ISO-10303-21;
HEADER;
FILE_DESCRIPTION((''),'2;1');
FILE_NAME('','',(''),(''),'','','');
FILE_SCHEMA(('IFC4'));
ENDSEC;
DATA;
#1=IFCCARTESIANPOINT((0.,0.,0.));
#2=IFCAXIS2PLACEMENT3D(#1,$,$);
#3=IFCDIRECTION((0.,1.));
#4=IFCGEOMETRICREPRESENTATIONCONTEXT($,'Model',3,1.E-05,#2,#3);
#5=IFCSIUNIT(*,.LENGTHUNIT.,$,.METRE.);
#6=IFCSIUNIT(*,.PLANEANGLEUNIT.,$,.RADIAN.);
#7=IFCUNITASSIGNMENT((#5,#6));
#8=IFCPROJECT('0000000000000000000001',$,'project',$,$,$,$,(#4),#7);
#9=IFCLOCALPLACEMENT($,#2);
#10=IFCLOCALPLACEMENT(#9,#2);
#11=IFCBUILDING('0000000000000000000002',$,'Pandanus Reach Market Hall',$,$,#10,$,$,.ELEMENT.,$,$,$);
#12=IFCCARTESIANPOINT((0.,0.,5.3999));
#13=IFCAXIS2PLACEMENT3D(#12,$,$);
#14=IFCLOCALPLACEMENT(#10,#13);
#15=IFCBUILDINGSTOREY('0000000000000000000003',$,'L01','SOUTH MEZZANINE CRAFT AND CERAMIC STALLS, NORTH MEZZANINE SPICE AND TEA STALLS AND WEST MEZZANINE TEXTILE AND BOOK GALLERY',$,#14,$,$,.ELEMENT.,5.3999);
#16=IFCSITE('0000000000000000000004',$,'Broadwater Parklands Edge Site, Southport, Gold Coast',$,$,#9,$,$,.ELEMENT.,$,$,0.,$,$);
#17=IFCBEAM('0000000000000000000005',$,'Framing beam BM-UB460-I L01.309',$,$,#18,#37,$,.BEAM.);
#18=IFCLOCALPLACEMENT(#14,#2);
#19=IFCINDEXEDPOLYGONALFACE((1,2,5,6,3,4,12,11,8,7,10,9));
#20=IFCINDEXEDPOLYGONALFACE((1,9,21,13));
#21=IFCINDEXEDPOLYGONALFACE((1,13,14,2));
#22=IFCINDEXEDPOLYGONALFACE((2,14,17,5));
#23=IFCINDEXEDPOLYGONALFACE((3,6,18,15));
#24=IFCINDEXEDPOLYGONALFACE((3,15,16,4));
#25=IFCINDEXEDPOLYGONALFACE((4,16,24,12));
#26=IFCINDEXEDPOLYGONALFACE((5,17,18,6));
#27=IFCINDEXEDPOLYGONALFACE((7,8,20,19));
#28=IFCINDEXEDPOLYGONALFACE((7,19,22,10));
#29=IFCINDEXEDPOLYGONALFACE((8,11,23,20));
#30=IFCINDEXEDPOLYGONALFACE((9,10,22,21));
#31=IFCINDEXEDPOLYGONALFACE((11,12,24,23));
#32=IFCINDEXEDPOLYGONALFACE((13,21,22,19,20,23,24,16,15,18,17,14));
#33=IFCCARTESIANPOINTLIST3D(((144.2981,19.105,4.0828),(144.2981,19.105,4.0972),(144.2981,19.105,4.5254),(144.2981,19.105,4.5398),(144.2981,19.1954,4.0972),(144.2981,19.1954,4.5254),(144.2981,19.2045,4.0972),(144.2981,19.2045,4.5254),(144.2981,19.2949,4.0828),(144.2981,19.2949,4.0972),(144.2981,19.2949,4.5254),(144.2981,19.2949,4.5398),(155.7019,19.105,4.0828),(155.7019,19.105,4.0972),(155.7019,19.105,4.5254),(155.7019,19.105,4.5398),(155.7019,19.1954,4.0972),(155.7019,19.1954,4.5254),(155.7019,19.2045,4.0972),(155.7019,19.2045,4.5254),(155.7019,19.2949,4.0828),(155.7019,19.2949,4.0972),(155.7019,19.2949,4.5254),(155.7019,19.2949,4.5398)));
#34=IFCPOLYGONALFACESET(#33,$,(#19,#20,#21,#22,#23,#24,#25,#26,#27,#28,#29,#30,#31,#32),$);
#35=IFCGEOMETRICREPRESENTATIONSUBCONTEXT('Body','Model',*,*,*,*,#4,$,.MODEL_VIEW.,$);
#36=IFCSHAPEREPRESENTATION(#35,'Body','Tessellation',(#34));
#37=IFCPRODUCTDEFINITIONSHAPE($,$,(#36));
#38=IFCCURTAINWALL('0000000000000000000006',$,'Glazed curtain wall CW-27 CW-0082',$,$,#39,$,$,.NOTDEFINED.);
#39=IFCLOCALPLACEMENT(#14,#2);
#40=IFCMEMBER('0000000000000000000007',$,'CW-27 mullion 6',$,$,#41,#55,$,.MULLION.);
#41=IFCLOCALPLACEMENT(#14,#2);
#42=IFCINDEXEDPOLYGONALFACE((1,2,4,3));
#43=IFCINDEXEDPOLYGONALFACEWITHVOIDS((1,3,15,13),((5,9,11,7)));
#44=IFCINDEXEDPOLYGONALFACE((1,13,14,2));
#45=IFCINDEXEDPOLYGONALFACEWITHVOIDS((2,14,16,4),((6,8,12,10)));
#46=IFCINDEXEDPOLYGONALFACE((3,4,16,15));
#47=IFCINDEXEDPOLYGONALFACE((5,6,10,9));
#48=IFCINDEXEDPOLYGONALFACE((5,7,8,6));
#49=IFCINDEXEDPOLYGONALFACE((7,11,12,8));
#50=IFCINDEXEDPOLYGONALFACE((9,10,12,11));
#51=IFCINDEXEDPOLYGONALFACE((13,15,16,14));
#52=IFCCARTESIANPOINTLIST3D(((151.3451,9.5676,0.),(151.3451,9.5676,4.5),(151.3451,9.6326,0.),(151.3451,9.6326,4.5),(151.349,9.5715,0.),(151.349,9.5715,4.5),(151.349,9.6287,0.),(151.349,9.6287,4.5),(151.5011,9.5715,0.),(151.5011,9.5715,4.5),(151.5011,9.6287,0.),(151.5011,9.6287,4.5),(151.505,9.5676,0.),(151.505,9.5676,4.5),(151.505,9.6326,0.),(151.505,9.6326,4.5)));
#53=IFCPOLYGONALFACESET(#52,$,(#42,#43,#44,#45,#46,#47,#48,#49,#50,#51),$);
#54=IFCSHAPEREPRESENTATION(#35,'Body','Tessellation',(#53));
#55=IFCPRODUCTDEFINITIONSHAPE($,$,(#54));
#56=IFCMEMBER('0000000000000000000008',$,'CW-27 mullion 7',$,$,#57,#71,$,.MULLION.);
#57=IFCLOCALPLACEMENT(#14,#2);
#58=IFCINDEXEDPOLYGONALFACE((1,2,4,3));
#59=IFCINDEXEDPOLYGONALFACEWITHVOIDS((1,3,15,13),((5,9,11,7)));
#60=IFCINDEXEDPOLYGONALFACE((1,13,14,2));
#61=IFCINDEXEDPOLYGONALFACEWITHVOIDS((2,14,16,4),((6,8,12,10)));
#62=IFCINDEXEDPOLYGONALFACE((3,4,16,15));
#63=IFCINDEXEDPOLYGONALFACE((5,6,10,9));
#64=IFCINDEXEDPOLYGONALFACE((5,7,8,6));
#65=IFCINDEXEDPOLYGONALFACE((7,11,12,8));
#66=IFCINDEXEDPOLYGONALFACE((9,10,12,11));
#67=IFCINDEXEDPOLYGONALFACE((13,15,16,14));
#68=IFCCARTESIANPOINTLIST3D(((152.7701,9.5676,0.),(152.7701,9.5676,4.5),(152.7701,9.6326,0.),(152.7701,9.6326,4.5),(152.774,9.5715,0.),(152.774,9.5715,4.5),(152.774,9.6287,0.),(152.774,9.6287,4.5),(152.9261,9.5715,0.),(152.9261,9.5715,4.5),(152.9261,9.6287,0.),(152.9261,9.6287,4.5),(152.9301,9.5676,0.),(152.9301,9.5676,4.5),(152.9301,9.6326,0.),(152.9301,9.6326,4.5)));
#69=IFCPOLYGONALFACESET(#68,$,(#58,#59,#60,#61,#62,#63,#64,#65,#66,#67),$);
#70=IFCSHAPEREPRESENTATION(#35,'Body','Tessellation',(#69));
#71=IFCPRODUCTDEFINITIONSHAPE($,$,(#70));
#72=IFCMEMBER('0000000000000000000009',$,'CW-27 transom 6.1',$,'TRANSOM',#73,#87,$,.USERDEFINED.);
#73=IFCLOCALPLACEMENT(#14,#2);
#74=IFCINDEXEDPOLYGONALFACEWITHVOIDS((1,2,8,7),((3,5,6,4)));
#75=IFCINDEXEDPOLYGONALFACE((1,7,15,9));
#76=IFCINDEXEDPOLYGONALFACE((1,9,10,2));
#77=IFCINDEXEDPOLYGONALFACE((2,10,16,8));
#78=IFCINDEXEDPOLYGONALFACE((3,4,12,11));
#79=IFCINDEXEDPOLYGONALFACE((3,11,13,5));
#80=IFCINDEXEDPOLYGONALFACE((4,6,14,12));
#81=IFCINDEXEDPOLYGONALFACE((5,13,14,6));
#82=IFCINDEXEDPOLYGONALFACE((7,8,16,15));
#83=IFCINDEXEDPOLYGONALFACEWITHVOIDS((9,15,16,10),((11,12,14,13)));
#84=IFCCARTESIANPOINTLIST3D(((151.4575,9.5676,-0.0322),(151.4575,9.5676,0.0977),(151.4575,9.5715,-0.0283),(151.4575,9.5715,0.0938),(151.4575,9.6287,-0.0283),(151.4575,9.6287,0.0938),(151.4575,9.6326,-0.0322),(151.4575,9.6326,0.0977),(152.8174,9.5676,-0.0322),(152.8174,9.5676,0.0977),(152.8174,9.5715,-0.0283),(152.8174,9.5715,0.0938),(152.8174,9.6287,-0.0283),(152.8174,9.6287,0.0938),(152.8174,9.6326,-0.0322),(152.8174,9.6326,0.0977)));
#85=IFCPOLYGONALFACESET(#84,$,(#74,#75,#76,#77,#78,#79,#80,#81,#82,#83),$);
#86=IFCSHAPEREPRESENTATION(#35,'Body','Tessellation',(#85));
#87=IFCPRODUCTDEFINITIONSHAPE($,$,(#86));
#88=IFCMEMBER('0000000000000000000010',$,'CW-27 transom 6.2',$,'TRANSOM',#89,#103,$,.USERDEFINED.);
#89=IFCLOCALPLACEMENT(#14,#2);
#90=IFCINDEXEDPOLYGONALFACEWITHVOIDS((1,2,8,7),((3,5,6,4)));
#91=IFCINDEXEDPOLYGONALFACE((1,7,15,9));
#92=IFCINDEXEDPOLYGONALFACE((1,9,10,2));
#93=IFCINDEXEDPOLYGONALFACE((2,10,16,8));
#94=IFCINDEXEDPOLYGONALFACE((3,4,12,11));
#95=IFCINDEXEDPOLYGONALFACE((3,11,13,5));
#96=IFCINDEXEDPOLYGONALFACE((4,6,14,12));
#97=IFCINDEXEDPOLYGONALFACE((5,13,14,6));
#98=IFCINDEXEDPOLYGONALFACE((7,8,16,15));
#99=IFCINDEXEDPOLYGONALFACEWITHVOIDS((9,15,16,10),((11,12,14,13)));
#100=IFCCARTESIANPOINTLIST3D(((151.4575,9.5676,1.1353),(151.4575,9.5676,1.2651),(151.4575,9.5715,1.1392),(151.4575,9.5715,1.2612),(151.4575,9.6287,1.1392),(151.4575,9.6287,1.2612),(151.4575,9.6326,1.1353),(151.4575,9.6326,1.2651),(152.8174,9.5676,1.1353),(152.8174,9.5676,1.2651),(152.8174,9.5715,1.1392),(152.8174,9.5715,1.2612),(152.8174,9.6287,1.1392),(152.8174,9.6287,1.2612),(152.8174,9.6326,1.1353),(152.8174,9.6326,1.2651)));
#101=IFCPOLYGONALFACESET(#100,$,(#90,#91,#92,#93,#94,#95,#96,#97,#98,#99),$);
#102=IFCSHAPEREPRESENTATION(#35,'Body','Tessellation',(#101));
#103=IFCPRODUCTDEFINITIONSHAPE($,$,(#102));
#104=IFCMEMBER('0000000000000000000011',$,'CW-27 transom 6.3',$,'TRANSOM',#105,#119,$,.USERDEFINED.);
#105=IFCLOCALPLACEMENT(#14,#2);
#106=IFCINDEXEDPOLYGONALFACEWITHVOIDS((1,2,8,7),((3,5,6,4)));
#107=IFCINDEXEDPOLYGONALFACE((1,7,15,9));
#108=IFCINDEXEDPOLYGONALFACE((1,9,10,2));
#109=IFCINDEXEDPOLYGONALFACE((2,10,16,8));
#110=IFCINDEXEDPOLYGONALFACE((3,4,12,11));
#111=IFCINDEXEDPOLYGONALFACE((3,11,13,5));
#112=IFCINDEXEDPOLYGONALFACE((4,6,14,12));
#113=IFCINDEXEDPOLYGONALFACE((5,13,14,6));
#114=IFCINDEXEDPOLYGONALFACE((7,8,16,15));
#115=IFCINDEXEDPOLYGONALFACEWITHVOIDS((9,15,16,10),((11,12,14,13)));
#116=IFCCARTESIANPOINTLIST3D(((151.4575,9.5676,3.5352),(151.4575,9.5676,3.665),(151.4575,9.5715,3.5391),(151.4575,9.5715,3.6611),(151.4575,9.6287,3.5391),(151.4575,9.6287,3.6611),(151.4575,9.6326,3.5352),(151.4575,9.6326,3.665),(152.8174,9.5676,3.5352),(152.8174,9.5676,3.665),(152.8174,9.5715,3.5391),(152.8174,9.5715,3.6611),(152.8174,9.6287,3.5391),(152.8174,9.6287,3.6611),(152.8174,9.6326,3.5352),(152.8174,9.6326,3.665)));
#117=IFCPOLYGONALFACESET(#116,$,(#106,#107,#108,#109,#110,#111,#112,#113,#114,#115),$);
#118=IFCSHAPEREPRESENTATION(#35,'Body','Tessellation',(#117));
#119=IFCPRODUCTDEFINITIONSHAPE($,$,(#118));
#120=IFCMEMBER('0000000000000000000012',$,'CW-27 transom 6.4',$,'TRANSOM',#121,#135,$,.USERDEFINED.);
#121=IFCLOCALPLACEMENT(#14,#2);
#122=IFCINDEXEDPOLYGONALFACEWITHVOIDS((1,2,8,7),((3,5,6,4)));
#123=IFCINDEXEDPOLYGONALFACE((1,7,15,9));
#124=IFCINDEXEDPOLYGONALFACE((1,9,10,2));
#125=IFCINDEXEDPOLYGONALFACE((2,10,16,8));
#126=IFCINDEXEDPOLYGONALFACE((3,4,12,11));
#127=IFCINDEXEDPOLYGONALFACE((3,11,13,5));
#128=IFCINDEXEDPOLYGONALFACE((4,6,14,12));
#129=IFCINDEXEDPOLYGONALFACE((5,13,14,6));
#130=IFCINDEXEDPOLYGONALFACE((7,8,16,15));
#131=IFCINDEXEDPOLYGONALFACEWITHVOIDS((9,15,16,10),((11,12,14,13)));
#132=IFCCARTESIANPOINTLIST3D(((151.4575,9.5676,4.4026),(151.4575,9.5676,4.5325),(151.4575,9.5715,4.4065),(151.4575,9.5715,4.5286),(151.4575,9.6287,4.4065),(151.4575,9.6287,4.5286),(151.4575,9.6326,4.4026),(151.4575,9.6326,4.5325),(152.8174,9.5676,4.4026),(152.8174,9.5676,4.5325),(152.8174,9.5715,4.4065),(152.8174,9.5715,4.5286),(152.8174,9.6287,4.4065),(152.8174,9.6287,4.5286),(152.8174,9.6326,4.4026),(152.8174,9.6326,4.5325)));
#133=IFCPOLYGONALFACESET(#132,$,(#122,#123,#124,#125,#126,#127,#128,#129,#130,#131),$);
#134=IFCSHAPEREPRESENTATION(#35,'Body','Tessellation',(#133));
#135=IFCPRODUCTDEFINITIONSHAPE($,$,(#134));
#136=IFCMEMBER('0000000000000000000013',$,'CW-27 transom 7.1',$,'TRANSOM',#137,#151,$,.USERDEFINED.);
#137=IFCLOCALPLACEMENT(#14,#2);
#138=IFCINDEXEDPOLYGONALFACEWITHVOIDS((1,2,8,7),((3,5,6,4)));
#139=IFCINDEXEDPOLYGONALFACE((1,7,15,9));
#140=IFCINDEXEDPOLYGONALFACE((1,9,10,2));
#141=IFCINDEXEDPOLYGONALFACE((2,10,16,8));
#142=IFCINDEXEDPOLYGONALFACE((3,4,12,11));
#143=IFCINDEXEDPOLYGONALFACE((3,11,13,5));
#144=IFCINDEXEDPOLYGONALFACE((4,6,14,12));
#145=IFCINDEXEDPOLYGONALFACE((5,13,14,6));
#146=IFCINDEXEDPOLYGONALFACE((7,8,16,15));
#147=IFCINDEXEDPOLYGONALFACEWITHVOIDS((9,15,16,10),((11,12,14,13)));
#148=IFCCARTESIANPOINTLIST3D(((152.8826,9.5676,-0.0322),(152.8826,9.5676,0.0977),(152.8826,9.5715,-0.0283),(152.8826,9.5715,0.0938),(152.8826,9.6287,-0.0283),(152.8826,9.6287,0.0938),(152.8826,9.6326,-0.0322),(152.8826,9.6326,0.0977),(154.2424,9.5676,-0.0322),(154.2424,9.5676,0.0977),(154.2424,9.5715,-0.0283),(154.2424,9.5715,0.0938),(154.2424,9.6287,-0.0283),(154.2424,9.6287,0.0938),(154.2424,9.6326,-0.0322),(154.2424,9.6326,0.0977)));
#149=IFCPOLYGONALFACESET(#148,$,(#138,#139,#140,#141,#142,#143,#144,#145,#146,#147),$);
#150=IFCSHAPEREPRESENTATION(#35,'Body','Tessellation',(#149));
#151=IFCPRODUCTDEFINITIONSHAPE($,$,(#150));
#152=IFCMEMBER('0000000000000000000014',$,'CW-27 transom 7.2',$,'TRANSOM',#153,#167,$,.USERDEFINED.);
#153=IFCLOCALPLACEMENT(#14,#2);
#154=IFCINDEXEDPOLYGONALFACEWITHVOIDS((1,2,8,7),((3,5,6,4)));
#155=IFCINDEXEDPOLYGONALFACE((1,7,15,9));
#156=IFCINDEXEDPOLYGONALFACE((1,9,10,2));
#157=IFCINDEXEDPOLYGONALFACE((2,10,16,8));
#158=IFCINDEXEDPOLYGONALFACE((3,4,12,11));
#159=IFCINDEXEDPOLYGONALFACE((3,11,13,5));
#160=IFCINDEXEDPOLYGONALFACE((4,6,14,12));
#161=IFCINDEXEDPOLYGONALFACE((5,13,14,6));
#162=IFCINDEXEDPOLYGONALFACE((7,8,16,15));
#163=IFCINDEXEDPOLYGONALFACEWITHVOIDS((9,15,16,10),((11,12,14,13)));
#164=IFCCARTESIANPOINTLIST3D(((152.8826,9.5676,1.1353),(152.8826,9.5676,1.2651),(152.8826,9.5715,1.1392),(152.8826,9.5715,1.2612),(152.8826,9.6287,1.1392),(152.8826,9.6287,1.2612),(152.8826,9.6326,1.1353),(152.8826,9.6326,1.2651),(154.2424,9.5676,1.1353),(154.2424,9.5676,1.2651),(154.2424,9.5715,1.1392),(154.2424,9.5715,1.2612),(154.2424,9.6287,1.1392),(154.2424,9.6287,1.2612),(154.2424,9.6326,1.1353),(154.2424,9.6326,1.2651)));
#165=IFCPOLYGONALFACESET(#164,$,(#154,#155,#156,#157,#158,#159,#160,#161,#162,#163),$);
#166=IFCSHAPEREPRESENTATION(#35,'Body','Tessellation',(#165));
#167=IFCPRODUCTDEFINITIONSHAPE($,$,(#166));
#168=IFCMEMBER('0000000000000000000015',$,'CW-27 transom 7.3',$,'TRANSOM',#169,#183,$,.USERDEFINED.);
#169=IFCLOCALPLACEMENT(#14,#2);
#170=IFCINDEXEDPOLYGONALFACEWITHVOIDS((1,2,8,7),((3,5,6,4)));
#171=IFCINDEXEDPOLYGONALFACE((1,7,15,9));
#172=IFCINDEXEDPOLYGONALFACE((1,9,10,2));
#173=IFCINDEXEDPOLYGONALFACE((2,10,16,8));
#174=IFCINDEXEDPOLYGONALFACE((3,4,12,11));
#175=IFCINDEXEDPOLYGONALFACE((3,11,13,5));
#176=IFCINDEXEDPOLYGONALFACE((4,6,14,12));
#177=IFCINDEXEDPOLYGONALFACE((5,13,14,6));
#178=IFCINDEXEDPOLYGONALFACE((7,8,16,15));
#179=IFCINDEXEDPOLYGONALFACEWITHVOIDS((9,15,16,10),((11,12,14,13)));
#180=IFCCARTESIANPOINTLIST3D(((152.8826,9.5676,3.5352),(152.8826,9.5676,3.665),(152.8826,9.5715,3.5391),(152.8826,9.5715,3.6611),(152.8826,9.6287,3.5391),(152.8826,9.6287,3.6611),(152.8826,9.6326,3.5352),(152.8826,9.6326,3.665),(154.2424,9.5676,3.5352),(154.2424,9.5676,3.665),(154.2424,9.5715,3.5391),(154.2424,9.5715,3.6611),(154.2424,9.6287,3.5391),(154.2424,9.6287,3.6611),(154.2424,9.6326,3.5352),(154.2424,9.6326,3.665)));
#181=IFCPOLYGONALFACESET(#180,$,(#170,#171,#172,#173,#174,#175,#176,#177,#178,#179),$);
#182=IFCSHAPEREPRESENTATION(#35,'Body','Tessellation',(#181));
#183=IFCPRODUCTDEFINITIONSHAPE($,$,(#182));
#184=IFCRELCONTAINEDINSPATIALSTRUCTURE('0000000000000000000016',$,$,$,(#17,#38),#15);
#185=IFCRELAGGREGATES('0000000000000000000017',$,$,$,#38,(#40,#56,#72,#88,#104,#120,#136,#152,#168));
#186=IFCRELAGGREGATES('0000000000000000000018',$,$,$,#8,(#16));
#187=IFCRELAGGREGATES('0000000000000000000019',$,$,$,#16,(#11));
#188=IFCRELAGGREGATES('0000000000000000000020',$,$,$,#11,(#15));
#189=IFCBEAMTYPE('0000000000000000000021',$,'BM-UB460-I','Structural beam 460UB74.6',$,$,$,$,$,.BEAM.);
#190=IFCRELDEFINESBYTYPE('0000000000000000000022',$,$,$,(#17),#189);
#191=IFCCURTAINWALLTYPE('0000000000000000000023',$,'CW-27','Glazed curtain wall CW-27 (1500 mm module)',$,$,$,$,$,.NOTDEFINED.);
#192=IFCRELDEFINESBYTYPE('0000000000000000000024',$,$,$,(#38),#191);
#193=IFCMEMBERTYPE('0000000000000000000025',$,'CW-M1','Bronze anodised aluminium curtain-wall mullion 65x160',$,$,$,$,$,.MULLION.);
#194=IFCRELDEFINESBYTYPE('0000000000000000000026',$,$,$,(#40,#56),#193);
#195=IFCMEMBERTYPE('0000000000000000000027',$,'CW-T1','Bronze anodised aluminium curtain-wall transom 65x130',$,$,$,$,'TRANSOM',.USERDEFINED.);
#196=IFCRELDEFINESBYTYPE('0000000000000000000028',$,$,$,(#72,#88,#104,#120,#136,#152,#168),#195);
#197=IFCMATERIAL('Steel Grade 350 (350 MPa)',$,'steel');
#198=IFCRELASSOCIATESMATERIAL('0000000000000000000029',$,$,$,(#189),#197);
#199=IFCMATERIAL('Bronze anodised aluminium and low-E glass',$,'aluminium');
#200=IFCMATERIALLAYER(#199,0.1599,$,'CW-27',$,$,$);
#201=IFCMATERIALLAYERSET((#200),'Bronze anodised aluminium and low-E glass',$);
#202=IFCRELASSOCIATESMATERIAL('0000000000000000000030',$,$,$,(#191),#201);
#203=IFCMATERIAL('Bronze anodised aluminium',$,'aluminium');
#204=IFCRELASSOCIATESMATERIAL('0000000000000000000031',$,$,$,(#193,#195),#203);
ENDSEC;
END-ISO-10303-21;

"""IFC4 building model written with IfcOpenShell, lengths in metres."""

from ifc_helpers import new_model, si_unit, direction, frame, origin, origin_2d, place, context, subcontext, project, spatial, hollow_rectangle, i_section, extrude, material, layer, layer_set, material_profile, profile_set, type_object, element, aggregate, save


model = new_model("IFC4")

# Units and contexts
model_context = context("Model", 3, precision=1e-05, world=origin(), true_north=direction((0.0, 1.0)))
body_context = subcontext(model_context, "Body", "Model", "MODEL_VIEW")
ifc_project = project(units=[si_unit("LENGTHUNIT", "METRE"), si_unit("PLANEANGLEUNIT", "RADIAN")], contexts=[model_context])

# Site, building, storey
site_placement = place(None, origin())
site = spatial("IfcSite", under=ifc_project, at=site_placement, Name="Broadwater Parklands Edge Site, Southport, Gold Coast", CompositionType="ELEMENT", RefElevation=0.0)
building_placement = place(site_placement, origin())
building = spatial("IfcBuilding", under=site, at=building_placement, Name="Pandanus Reach Market Hall", CompositionType="ELEMENT")
storey_placement = place(building_placement, frame((0.0, 0.0, 5.3999)))
storey = spatial("IfcBuildingStorey", under=building, at=storey_placement, Name="L01", Description="SOUTH MEZZANINE CRAFT AND CERAMIC STALLS, NORTH MEZZANINE SPICE AND TEA STALLS AND WEST MEZZANINE TEXTILE AND BOOK GALLERY", CompositionType="ELEMENT", Elevation=5.3999)

# Beam
ifc_material_1 = material(Name="Steel Grade 350 (350 MPa)", Category="steel")
ifc_material_profile_1 = material_profile(ifc_material_1, i_section(OverallWidth=0.1899, OverallDepth=0.457, WebThickness=0.009, FlangeThickness=0.0144, at=origin_2d()), Name="460UB74.6", Category="LoadBearing")
ifc_profile_set_1 = profile_set([ifc_material_profile_1], Name="Steel Grade 350 (350 MPa)")
beam_type_1 = type_object("IfcBeamType", Name="BM-UB460-I", Description="Structural beam 460UB74.6", PredefinedType="BEAM", material=ifc_profile_set_1)
beam_placement = place(storey_placement, frame((144.2981, 19.2, 4.3113), z_axis=(1.0, 0.0, 0.0), x_axis=(0.0, 1.0, 0.0)))
element("IfcBeam", 1, at=beam_placement, inside=storey, type_object=beam_type_1, Name="Framing beam BM-UB460-I L01.309", PredefinedType="BEAM", context=body_context, shape_type="SweptSolid", body=[
    extrude(i_section(OverallWidth=0.1899, OverallDepth=0.457, WebThickness=0.009, FlangeThickness=0.0144, at=origin_2d()), origin(), (0.0, 0.0, 1.0), 11.4038),
])

# Curtain wall, members
ifc_material_2 = material(Name="Bronze anodised aluminium and low-E glass", Category="aluminium")
ifc_layer_1 = layer(ifc_material_2, 0.1599, Name="CW-27")
ifc_layer_set_1 = layer_set([ifc_layer_1], Name="Bronze anodised aluminium and low-E glass")
curtain_wall_type = type_object("IfcCurtainWallType", Name="CW-27", Description="Glazed curtain wall CW-27 (1500 mm module)", PredefinedType="NOTDEFINED", material=ifc_layer_set_1)
curtain_wall_placement = place(storey_placement, origin())
curtain_wall = element("IfcCurtainWall", 2, at=curtain_wall_placement, inside=storey, type_object=curtain_wall_type, Name="Glazed curtain wall CW-27 CW-0082", PredefinedType="NOTDEFINED")
ifc_material_3 = material(Name="Bronze anodised aluminium", Category="aluminium")
ifc_material_profile_2 = material_profile(ifc_material_3, hollow_rectangle(XDim=0.0649, YDim=0.1599, WallThickness=0.0039, at=origin_2d()), Name="ALU65x160", Category="LoadBearing")
ifc_profile_set_2 = profile_set([ifc_material_profile_2], Name="Bronze anodised aluminium")
member_type_1 = type_object("IfcMemberType", Name="CW-M1", Description="Bronze anodised aluminium curtain-wall mullion 65x160", PredefinedType="MULLION", material=ifc_profile_set_2)
member_1_placement = place(storey_placement, frame((151.425, 9.6001, 0.0), z_axis=(0.0, 0.0, 1.0), x_axis=(0.0, 1.0, 0.0)))
member_1 = element("IfcMember", 3, at=member_1_placement, type_object=member_type_1, Name="CW-27 mullion 6", PredefinedType="MULLION", context=body_context, shape_type="SweptSolid", body=[
    extrude(hollow_rectangle(XDim=0.0649, YDim=0.1599, WallThickness=0.0039, at=origin_2d()), origin(), (0.0, 0.0, 1.0), 4.5),
])
member_2_placement = place(storey_placement, frame((152.8501, 9.6001, 0.0), z_axis=(0.0, 0.0, 1.0), x_axis=(0.0, 1.0, 0.0)))
member_2 = element("IfcMember", 4, at=member_2_placement, type_object=member_type_1, Name="CW-27 mullion 7", PredefinedType="MULLION", context=body_context, shape_type="SweptSolid", body=[
    extrude(hollow_rectangle(XDim=0.0649, YDim=0.1599, WallThickness=0.0039, at=origin_2d()), origin(), (0.0, 0.0, 1.0), 4.5),
])
ifc_material_profile_3 = material_profile(ifc_material_3, hollow_rectangle(XDim=0.0649, YDim=0.1299, WallThickness=0.0039, at=origin_2d()), Name="ALU65x130", Category="LoadBearing")
ifc_profile_set_3 = profile_set([ifc_material_profile_3], Name="Bronze anodised aluminium")
member_type_2 = type_object("IfcMemberType", Name="CW-T1", Description="Bronze anodised aluminium curtain-wall transom 65x130", ElementType="TRANSOM", PredefinedType="USERDEFINED", material=ifc_profile_set_3)
member_3_placement = place(storey_placement, frame((151.4575, 9.6001, 0.0327), z_axis=(1.0, 0.0, 0.0), x_axis=(0.0, 1.0, 0.0)))
member_3 = element("IfcMember", 5, at=member_3_placement, type_object=member_type_2, Name="CW-27 transom 6.1", ObjectType="TRANSOM", PredefinedType="USERDEFINED", context=body_context, shape_type="SweptSolid", body=[
    extrude(hollow_rectangle(XDim=0.0649, YDim=0.1299, WallThickness=0.0039, at=origin_2d()), origin(), (0.0, 0.0, 1.0), 1.3599),
])
member_4_placement = place(storey_placement, frame((151.4575, 9.6001, 1.2002), z_axis=(1.0, 0.0, 0.0), x_axis=(0.0, 1.0, 0.0)))
member_4 = element("IfcMember", 6, at=member_4_placement, type_object=member_type_2, Name="CW-27 transom 6.2", ObjectType="TRANSOM", PredefinedType="USERDEFINED", context=body_context, shape_type="SweptSolid", body=[
    extrude(hollow_rectangle(XDim=0.0649, YDim=0.1299, WallThickness=0.0039, at=origin_2d()), origin(), (0.0, 0.0, 1.0), 1.3599),
])
member_5_placement = place(storey_placement, frame((151.4575, 9.6001, 3.6001), z_axis=(1.0, 0.0, 0.0), x_axis=(0.0, 1.0, 0.0)))
member_5 = element("IfcMember", 7, at=member_5_placement, type_object=member_type_2, Name="CW-27 transom 6.3", ObjectType="TRANSOM", PredefinedType="USERDEFINED", context=body_context, shape_type="SweptSolid", body=[
    extrude(hollow_rectangle(XDim=0.0649, YDim=0.1299, WallThickness=0.0039, at=origin_2d()), origin(), (0.0, 0.0, 1.0), 1.3599),
])
member_6_placement = place(storey_placement, frame((151.4575, 9.6001, 4.4675), z_axis=(1.0, 0.0, 0.0), x_axis=(0.0, 1.0, 0.0)))
member_6 = element("IfcMember", 8, at=member_6_placement, type_object=member_type_2, Name="CW-27 transom 6.4", ObjectType="TRANSOM", PredefinedType="USERDEFINED", context=body_context, shape_type="SweptSolid", body=[
    extrude(hollow_rectangle(XDim=0.0649, YDim=0.1299, WallThickness=0.0039, at=origin_2d()), origin(), (0.0, 0.0, 1.0), 1.3599),
])
member_7_placement = place(storey_placement, frame((152.8826, 9.6001, 0.0327), z_axis=(1.0, 0.0, 0.0), x_axis=(0.0, 1.0, 0.0)))
member_7 = element("IfcMember", 9, at=member_7_placement, type_object=member_type_2, Name="CW-27 transom 7.1", ObjectType="TRANSOM", PredefinedType="USERDEFINED", context=body_context, shape_type="SweptSolid", body=[
    extrude(hollow_rectangle(XDim=0.0649, YDim=0.1299, WallThickness=0.0039, at=origin_2d()), origin(), (0.0, 0.0, 1.0), 1.3599),
])
member_8_placement = place(storey_placement, frame((152.8826, 9.6001, 1.2002), z_axis=(1.0, 0.0, 0.0), x_axis=(0.0, 1.0, 0.0)))
member_8 = element("IfcMember", 10, at=member_8_placement, type_object=member_type_2, Name="CW-27 transom 7.2", ObjectType="TRANSOM", PredefinedType="USERDEFINED", context=body_context, shape_type="SweptSolid", body=[
    extrude(hollow_rectangle(XDim=0.0649, YDim=0.1299, WallThickness=0.0039, at=origin_2d()), origin(), (0.0, 0.0, 1.0), 1.3599),
])
member_9_placement = place(storey_placement, frame((152.8826, 9.6001, 3.6001), z_axis=(1.0, 0.0, 0.0), x_axis=(0.0, 1.0, 0.0)))
member_9 = element("IfcMember", 11, at=member_9_placement, type_object=member_type_2, Name="CW-27 transom 7.3", ObjectType="TRANSOM", PredefinedType="USERDEFINED", context=body_context, shape_type="SweptSolid", body=[
    extrude(hollow_rectangle(XDim=0.0649, YDim=0.1299, WallThickness=0.0039, at=origin_2d()), origin(), (0.0, 0.0, 1.0), 1.3599),
])

aggregate(curtain_wall, [member_1, member_2, member_3, member_4, member_5, member_6, member_7, member_8, member_9])

save(model, "model.ifc")
